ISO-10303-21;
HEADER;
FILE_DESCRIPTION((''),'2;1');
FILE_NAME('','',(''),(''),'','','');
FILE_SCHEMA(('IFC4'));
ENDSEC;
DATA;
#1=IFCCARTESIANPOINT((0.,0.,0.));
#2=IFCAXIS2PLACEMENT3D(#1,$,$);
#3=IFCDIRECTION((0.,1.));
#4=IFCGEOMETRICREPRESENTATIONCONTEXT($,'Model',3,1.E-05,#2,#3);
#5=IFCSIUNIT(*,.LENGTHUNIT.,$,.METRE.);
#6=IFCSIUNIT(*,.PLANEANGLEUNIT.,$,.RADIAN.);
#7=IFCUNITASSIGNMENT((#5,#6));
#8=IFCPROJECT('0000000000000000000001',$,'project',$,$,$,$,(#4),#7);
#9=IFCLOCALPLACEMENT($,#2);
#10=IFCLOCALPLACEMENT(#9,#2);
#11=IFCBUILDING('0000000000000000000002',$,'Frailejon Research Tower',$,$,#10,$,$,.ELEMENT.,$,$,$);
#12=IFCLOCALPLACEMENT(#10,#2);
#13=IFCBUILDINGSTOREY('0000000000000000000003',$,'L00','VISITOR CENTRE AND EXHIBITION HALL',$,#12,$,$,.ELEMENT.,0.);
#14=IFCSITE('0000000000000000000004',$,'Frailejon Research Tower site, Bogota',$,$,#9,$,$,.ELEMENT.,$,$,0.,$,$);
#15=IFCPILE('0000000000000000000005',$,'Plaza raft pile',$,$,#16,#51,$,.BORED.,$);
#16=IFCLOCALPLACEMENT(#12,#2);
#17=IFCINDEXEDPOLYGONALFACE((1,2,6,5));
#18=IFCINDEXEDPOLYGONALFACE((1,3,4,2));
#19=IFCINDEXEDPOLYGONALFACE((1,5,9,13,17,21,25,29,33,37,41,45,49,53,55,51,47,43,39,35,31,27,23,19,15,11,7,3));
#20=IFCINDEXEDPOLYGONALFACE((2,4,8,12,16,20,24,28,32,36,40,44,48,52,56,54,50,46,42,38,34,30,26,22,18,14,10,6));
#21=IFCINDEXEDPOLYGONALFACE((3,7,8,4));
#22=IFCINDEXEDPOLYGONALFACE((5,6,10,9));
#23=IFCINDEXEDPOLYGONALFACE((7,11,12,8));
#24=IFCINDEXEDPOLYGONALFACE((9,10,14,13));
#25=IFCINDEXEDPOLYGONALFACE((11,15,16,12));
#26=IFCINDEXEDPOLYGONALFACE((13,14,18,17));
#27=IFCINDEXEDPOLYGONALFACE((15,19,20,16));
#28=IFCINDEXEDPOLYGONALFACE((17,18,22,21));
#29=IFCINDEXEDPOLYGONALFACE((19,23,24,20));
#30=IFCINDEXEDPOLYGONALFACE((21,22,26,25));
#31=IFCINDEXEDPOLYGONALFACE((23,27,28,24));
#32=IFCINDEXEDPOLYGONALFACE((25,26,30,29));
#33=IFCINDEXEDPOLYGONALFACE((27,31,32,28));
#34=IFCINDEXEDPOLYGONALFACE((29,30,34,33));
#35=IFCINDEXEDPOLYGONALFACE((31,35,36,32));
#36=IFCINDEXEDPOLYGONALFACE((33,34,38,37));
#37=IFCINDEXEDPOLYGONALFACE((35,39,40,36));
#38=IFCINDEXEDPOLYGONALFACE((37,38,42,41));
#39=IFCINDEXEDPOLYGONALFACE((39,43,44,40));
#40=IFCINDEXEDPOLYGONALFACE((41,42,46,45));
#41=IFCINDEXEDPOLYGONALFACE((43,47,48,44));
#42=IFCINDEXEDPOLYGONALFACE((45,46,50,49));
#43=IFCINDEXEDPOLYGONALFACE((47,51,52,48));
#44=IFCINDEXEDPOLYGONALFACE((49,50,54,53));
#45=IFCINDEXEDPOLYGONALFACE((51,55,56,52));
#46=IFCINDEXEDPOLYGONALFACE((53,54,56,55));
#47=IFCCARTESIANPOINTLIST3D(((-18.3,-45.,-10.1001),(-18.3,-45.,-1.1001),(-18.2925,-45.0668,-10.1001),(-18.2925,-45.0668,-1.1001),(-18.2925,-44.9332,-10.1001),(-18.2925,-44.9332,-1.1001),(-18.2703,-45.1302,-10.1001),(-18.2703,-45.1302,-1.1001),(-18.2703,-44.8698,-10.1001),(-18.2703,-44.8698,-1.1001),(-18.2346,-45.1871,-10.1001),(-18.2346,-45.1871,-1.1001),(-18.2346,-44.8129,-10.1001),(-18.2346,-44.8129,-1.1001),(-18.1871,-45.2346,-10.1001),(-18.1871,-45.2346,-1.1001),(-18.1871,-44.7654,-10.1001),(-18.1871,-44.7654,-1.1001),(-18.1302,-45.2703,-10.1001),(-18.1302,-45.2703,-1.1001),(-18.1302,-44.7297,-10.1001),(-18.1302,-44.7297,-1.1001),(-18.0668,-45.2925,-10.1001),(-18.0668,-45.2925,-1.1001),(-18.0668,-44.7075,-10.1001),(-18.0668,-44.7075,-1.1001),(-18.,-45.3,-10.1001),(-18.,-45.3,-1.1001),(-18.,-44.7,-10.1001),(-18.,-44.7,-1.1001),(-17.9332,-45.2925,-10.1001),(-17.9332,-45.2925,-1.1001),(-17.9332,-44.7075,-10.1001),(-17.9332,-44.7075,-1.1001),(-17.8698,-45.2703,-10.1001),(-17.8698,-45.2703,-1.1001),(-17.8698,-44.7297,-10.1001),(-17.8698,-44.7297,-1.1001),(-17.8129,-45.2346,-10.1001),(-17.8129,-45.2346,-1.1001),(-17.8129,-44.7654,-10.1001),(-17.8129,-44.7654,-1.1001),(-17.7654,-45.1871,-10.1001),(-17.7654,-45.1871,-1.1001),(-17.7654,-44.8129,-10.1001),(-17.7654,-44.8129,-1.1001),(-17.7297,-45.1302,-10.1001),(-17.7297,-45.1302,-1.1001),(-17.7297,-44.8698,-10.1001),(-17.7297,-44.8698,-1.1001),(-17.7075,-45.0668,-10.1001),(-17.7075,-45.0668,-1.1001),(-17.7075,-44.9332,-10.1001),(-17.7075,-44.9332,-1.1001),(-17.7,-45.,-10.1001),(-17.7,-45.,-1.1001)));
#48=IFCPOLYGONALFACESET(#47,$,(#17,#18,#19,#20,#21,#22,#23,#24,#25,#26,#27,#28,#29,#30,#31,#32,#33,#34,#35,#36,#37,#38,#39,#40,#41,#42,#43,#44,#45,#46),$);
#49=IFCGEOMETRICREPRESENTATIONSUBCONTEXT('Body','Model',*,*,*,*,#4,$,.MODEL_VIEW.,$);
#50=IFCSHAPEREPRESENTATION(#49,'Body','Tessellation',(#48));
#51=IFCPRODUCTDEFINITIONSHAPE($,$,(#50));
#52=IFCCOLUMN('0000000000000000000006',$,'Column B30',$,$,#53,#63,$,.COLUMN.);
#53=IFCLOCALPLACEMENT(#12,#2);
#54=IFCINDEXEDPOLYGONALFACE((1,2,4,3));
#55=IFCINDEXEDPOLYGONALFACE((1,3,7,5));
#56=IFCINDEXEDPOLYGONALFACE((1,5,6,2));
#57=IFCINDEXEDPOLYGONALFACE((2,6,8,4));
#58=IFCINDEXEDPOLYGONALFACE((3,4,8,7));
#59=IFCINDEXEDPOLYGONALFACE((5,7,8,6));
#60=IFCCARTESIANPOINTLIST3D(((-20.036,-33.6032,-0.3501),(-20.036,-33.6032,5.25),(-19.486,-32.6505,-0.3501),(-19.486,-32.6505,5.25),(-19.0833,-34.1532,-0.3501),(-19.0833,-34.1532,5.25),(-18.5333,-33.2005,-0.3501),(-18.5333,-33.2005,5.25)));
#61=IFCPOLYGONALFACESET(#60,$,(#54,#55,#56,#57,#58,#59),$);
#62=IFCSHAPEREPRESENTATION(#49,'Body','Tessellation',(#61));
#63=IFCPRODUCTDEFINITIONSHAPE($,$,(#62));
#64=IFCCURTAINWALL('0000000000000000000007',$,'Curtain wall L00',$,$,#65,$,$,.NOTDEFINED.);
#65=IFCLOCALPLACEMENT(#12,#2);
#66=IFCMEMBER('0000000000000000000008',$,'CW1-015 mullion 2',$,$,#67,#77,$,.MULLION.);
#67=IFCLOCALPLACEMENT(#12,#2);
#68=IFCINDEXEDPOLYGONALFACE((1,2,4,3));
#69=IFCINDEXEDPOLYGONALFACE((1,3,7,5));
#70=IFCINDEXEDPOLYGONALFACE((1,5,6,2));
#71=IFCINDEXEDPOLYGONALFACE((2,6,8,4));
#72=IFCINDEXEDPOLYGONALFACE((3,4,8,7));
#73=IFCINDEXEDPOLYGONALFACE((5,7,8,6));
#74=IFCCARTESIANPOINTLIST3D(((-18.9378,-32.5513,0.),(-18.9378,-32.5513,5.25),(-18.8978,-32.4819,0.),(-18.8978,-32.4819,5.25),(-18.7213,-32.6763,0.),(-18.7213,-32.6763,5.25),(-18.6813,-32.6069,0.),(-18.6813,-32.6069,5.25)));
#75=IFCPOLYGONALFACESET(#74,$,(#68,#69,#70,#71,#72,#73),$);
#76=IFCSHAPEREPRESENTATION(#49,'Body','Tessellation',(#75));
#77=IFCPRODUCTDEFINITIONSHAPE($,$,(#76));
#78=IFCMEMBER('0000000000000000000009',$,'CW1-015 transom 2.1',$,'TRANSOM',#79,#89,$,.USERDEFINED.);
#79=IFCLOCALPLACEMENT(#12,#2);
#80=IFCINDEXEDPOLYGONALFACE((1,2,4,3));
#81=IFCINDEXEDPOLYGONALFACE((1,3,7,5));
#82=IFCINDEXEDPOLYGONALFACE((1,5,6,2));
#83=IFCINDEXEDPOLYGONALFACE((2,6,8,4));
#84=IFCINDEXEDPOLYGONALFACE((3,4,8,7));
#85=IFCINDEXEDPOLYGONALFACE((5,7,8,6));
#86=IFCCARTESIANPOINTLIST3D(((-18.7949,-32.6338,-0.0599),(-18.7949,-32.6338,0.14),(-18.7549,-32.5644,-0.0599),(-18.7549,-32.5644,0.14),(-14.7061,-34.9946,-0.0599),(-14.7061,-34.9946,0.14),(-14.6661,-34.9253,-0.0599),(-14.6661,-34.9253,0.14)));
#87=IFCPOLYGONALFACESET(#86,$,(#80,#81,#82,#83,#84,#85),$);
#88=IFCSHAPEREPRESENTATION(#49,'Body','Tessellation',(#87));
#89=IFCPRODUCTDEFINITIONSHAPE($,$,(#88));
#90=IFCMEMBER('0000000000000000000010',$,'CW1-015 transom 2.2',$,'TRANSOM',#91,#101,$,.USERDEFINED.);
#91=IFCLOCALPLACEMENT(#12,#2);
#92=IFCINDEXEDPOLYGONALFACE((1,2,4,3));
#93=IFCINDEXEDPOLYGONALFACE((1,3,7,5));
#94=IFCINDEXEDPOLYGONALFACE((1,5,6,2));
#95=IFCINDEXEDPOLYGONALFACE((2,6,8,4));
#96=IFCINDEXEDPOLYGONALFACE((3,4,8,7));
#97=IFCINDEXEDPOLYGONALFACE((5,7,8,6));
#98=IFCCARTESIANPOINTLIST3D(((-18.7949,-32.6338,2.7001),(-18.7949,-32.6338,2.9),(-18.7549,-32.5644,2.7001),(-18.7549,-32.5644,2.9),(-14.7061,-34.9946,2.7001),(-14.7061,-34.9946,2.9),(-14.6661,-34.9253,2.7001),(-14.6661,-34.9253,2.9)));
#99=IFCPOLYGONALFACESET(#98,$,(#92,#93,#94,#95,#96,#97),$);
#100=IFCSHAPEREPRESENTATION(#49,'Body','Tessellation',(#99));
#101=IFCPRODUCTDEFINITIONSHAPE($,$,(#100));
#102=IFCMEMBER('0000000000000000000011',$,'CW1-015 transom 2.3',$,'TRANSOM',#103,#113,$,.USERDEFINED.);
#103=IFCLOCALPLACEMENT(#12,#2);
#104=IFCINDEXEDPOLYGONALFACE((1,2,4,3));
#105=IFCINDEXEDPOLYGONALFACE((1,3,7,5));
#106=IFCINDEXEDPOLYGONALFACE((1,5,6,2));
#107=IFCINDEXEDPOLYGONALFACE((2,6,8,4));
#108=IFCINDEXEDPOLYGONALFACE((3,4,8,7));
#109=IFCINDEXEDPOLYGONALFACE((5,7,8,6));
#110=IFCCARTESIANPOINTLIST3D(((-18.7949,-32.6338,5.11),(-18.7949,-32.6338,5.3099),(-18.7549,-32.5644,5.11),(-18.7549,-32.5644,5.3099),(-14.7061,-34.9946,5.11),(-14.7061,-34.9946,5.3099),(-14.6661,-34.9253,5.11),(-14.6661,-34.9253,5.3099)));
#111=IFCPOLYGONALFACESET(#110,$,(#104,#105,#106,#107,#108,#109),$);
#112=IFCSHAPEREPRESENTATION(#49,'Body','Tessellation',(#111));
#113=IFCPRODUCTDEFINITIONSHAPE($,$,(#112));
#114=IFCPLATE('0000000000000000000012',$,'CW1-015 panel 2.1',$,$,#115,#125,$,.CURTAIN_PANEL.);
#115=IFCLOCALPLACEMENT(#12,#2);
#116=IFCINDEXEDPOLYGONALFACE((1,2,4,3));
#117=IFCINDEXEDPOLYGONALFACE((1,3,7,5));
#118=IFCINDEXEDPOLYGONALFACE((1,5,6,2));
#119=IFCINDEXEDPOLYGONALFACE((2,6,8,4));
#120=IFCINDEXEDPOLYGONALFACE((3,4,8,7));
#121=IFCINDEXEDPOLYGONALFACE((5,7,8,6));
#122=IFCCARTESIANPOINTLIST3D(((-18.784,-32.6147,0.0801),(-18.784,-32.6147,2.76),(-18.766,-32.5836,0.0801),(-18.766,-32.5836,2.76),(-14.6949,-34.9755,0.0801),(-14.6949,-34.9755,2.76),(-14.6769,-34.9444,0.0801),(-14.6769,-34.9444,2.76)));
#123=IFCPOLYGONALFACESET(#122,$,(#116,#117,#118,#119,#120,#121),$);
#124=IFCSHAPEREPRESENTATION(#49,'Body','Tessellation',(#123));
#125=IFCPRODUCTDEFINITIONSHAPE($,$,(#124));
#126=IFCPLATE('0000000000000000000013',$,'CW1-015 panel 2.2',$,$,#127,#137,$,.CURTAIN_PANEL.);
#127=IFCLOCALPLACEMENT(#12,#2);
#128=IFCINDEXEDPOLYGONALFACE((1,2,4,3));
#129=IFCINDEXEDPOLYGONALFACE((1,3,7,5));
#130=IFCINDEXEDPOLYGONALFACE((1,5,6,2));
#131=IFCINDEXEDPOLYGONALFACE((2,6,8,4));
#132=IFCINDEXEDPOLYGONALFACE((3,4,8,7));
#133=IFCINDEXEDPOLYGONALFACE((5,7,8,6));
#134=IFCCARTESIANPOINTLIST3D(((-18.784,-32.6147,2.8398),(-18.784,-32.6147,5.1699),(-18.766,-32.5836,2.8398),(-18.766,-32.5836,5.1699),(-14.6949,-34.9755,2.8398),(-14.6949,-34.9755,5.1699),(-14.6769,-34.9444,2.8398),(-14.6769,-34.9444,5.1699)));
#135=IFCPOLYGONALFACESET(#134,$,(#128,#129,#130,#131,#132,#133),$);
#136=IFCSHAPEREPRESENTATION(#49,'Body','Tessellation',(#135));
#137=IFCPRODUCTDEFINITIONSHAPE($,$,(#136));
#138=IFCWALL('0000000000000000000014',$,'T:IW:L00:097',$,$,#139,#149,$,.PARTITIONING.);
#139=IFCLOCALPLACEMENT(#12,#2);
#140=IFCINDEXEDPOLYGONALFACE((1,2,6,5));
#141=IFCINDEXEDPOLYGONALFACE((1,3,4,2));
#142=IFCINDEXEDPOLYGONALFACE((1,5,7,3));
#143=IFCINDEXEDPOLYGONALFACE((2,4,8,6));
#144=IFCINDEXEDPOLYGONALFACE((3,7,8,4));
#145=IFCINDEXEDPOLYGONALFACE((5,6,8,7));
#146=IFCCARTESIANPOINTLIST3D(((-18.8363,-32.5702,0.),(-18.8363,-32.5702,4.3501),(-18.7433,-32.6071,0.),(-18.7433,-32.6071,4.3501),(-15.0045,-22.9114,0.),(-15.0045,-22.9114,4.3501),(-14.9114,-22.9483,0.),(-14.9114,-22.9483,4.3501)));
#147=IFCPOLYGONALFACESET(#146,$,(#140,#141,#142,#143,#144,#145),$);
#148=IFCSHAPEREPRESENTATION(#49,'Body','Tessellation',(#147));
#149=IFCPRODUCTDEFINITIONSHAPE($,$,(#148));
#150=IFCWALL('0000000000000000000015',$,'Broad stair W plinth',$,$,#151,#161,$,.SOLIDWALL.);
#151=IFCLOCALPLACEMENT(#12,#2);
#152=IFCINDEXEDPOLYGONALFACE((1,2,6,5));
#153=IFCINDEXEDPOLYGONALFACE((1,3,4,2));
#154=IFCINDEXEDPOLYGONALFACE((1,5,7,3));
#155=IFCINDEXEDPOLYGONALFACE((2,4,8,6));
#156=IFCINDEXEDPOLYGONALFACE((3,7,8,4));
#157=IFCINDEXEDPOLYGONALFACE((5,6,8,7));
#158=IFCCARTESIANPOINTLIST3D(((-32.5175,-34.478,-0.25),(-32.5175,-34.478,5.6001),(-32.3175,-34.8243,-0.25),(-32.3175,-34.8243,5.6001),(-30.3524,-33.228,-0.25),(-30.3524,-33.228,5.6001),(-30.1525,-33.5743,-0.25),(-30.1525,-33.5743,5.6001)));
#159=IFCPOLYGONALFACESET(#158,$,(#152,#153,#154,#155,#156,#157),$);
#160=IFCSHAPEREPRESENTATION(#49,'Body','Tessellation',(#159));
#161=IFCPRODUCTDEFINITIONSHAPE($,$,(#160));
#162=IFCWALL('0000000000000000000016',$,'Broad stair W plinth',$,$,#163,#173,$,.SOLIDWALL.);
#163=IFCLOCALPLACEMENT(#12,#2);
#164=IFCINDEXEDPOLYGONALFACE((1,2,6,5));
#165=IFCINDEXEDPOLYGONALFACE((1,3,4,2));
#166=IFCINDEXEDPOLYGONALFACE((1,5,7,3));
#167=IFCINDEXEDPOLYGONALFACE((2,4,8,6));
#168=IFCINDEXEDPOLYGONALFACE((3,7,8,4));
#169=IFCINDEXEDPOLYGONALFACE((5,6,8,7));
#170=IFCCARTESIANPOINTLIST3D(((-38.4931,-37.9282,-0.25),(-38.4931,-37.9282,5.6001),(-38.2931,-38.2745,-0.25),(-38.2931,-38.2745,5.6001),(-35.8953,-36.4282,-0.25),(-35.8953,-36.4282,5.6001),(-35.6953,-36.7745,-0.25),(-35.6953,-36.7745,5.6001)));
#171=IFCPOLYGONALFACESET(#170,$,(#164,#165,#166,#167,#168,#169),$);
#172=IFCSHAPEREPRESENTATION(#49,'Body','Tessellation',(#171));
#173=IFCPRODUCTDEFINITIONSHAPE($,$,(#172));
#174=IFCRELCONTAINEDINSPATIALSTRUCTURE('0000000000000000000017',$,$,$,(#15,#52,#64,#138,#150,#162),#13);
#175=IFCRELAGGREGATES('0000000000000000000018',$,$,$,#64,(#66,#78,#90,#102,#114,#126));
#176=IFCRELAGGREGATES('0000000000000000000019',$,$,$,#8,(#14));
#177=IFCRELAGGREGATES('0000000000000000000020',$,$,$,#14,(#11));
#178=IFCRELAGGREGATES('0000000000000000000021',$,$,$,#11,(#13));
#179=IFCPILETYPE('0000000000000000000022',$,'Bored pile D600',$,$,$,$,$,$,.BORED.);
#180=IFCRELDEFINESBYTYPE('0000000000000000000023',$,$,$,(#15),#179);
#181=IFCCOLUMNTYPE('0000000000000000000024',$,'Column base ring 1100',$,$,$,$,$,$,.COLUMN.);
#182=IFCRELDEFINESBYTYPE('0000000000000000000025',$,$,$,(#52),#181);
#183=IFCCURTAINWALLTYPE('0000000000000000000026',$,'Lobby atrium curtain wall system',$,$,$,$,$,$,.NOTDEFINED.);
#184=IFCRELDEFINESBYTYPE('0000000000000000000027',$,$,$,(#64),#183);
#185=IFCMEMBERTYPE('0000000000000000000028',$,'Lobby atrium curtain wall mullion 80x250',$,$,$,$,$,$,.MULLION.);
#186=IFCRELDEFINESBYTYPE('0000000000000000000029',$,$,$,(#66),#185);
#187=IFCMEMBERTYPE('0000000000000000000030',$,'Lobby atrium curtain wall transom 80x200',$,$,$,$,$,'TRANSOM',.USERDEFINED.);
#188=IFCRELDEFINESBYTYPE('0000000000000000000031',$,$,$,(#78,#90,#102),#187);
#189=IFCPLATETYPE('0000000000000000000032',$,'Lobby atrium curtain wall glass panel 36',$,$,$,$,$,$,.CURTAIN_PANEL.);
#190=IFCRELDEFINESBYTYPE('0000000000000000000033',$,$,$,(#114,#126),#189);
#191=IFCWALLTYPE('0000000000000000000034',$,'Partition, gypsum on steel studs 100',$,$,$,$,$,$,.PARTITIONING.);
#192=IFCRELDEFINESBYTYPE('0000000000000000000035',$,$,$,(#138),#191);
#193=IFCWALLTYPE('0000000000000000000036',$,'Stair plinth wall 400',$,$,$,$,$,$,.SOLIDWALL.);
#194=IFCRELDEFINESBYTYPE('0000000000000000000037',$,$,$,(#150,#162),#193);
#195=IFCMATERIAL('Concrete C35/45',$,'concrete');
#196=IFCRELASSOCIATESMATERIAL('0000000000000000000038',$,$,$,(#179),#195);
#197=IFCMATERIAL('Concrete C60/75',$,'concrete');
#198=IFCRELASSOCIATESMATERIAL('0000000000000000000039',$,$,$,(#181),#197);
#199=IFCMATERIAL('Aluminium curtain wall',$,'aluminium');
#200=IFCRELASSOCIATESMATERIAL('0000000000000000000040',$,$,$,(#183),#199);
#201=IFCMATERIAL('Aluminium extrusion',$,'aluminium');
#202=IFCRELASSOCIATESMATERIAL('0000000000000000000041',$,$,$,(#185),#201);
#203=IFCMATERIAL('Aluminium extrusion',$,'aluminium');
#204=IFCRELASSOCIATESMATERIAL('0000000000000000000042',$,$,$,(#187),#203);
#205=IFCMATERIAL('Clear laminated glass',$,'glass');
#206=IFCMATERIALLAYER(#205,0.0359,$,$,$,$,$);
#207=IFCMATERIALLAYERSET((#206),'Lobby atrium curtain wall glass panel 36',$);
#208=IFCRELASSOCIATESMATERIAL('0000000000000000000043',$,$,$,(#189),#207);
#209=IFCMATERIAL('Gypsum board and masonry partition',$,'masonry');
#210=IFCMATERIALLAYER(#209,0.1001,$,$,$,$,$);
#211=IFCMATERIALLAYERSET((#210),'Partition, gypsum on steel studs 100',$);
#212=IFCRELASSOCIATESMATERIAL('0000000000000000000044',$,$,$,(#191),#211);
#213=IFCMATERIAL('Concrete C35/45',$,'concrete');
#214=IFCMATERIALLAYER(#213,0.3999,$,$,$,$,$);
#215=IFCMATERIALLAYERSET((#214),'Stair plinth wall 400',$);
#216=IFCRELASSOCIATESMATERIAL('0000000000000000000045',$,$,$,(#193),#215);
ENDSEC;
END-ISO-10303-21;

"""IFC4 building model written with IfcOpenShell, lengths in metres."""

from ifc_helpers import new_model, si_unit, direction, frame, frame_2d, origin, origin_2d, place, context, subcontext, project, spatial, rectangle, circle, extrude, material, layer, layer_set, material_profile, profile_set, type_object, element, aggregate, save


model = new_model("IFC4")

# Units and contexts
model_context = context("Model", 3, precision=1e-05, world=origin(), true_north=direction((0.0, 1.0)))
body_context = subcontext(model_context, "Body", "Model", "MODEL_VIEW")
ifc_project = project(units=[si_unit("LENGTHUNIT", "METRE"), si_unit("PLANEANGLEUNIT", "RADIAN")], contexts=[model_context])

# Site, building, storey
site_placement = place(None, origin())
site = spatial("IfcSite", under=ifc_project, at=site_placement, Name="Frailejon Research Tower site, Bogota", CompositionType="ELEMENT", RefElevation=0.0)
building_placement = place(site_placement, origin())
building = spatial("IfcBuilding", under=site, at=building_placement, Name="Frailejon Research Tower", CompositionType="ELEMENT")
storey_placement = place(building_placement, origin())
storey = spatial("IfcBuildingStorey", under=building, at=storey_placement, Name="L00", Description="VISITOR CENTRE AND EXHIBITION HALL", CompositionType="ELEMENT", Elevation=0.0)

# Pile
ifc_material_1 = material(Name="Concrete C35/45", Category="concrete")
ifc_material_profile_1 = material_profile(ifc_material_1, circle(Radius=0.3, at=origin_2d()), Name="Bored pile D600")
ifc_profile_set_1 = profile_set([ifc_material_profile_1], Name="Concrete C35/45")
pile_type = type_object("IfcPileType", Name="Bored pile D600", PredefinedType="BORED", material=ifc_profile_set_1)
for number, where, z_axis, x_axis, name in (
    (1, (-18.0, -45.0, -1.1001), (0.0, 0.0, -1.0), (1.0, 0.0, 0.0), "Plaza raft pile"),
):
    element("IfcPile", number, at=place(storey_placement, frame(where, z_axis=z_axis, x_axis=x_axis)), inside=storey, type_object=pile_type, Name=name, PredefinedType="BORED", context=body_context, shape_type="SweptSolid", body=[
        extrude(circle(Radius=0.3, at=origin_2d()), origin(), (0.0, 0.0, 1.0), 9.0),
    ])

# Column
ifc_material_2 = material(Name="Concrete C60/75", Category="concrete")
ifc_material_profile_2 = material_profile(ifc_material_2, rectangle(XDim=1.1001, YDim=1.1001, at=origin_2d()), Name="Column base ring 1100")
ifc_profile_set_2 = profile_set([ifc_material_profile_2], Name="Concrete C60/75")
column_type = type_object("IfcColumnType", Name="Column base ring 1100", PredefinedType="COLUMN", material=ifc_profile_set_2)
column_placement = place(storey_placement, frame((-19.2847, -33.4019, -0.3501), z_axis=(0.0, 0.0, 1.0), x_axis=(0.866025, -0.5, 0.0)))
element("IfcColumn", 2, at=column_placement, inside=storey, type_object=column_type, Name="Column B30", PredefinedType="COLUMN", context=body_context, shape_type="SweptSolid", body=[
    extrude(rectangle(XDim=1.1001, YDim=1.1001, at=origin_2d()), origin(), (0.0, 0.0, 1.0), 5.6001),
])

# Curtain wall, members, plates
ifc_material_3 = material(Name="Aluminium curtain wall", Category="aluminium")
curtain_wall_type = type_object("IfcCurtainWallType", Name="Lobby atrium curtain wall system", PredefinedType="NOTDEFINED", material=ifc_material_3)
curtain_wall_placement = place(storey_placement, origin())
curtain_wall = element("IfcCurtainWall", 3, at=curtain_wall_placement, inside=storey, type_object=curtain_wall_type, Name="Curtain wall L00", PredefinedType="NOTDEFINED")
ifc_material_4 = material(Name="Aluminium extrusion", Category="aluminium")
ifc_material_profile_3 = material_profile(ifc_material_4, rectangle(XDim=0.0801, YDim=0.25, at=origin_2d()), Name="Lobby atrium curtain wall mullion 80x250")
ifc_profile_set_3 = profile_set([ifc_material_profile_3], Name="Aluminium extrusion")
member_type_1 = type_object("IfcMemberType", Name="Lobby atrium curtain wall mullion 80x250", PredefinedType="MULLION", material=ifc_profile_set_3)
member_1_placement = place(storey_placement, frame((-18.8096, -32.5791, 0.0), z_axis=(0.0, 0.0, 1.0), x_axis=(0.5, 0.866025, 0.0)))
member_1 = element("IfcMember", 4, at=member_1_placement, type_object=member_type_1, Name="CW1-015 mullion 2", PredefinedType="MULLION", context=body_context, shape_type="SweptSolid", body=[
    extrude(rectangle(XDim=0.0801, YDim=0.25, at=origin_2d()), origin(), (0.0, 0.0, 1.0), 5.25),
])
ifc_material_5 = material(Name="Aluminium extrusion", Category="aluminium")
ifc_material_profile_4 = material_profile(ifc_material_5, rectangle(XDim=0.0801, YDim=0.2, at=origin_2d()), Name="Lobby atrium curtain wall transom 80x200")
ifc_profile_set_4 = profile_set([ifc_material_profile_4], Name="Aluminium extrusion")
member_type_2 = type_object("IfcMemberType", Name="Lobby atrium curtain wall transom 80x200", ElementType="TRANSOM", PredefinedType="USERDEFINED", material=ifc_profile_set_4)
member_2_placement = place(storey_placement, frame((-18.7749, -32.5991, 0.04), z_axis=(0.866013, -0.500021, 0.0), x_axis=(0.500021, 0.866013, 0.0)))
member_2 = element("IfcMember", 5, at=member_2_placement, type_object=member_type_2, Name="CW1-015 transom 2.1", ObjectType="TRANSOM", PredefinedType="USERDEFINED", context=body_context, shape_type="SweptSolid", body=[
    extrude(rectangle(XDim=0.0801, YDim=0.2, at=origin_2d()), origin(), (0.0, 0.0, 1.0), 4.7214),
])
member_3_placement = place(storey_placement, frame((-18.7749, -32.5991, 2.8), z_axis=(0.866013, -0.500021, 0.0), x_axis=(0.500021, 0.866013, 0.0)))
member_3 = element("IfcMember", 6, at=member_3_placement, type_object=member_type_2, Name="CW1-015 transom 2.2", ObjectType="TRANSOM", PredefinedType="USERDEFINED", context=body_context, shape_type="SweptSolid", body=[
    extrude(rectangle(XDim=0.0801, YDim=0.2, at=origin_2d()), origin(), (0.0, 0.0, 1.0), 4.7214),
])
member_4_placement = place(storey_placement, frame((-18.7749, -32.5991, 5.21), z_axis=(0.866013, -0.500021, 0.0), x_axis=(0.500021, 0.866013, 0.0)))
member_4 = element("IfcMember", 7, at=member_4_placement, type_object=member_type_2, Name="CW1-015 transom 2.3", ObjectType="TRANSOM", PredefinedType="USERDEFINED", context=body_context, shape_type="SweptSolid", body=[
    extrude(rectangle(XDim=0.0801, YDim=0.2, at=origin_2d()), origin(), (0.0, 0.0, 1.0), 4.7214),
])
ifc_material_6 = material(Name="Clear laminated glass", Category="glass")
ifc_layer_1 = layer(ifc_material_6, 0.0359)
ifc_layer_set_1 = layer_set([ifc_layer_1], Name="Lobby atrium curtain wall glass panel 36")
plate_type = type_object("IfcPlateType", Name="Lobby atrium curtain wall glass panel 36", PredefinedType="CURTAIN_PANEL", material=ifc_layer_set_1)
plate_1_placement = place(storey_placement, frame((-16.7305, -33.7795, 0.0801), z_axis=(0.0, 0.0, 1.0), x_axis=(0.866025, -0.5, 0.0)))
plate_1 = element("IfcPlate", 8, at=plate_1_placement, type_object=plate_type, Name="CW1-015 panel 2.1", PredefinedType="CURTAIN_PANEL", context=body_context, shape_type="SweptSolid", body=[
    extrude(rectangle(XDim=4.7217, YDim=0.0359, at=origin_2d()), origin(), (0.0, 0.0, 1.0), 2.6799),
])
plate_2_placement = place(storey_placement, frame((-16.7305, -33.7795, 2.8398), z_axis=(0.0, 0.0, 1.0), x_axis=(0.866025, -0.5, 0.0)))
plate_2 = element("IfcPlate", 9, at=plate_2_placement, type_object=plate_type, Name="CW1-015 panel 2.2", PredefinedType="CURTAIN_PANEL", context=body_context, shape_type="SweptSolid", body=[
    extrude(rectangle(XDim=4.7217, YDim=0.0359, at=origin_2d()), origin(), (0.0, 0.0, 1.0), 2.3301),
])
aggregate(curtain_wall, [member_1, member_2, member_3, member_4, plate_1, plate_2])

# Walls
ifc_material_7 = material(Name="Gypsum board and masonry partition", Category="masonry")
ifc_layer_2 = layer(ifc_material_7, 0.1001)
ifc_layer_set_2 = layer_set([ifc_layer_2], Name="Partition, gypsum on steel studs 100")
wall_type_1 = type_object("IfcWallType", Name="Partition, gypsum on steel studs 100", PredefinedType="PARTITIONING", material=ifc_layer_set_2)
wall_1_placement = place(storey_placement, frame((-18.7898, -32.5886, 0.0), z_axis=(0.0, 0.0, 1.0), x_axis=(0.36876, 0.929525, 0.0)))
element("IfcWall", 10, at=wall_1_placement, inside=storey, type_object=wall_type_1, Name="T:IW:L00:097", PredefinedType="PARTITIONING", context=body_context, shape_type="SweptSolid", body=[
    extrude(rectangle(XDim=10.3911, YDim=0.1001, at=frame_2d((5.1956, 0.0))), origin(), (0.0, 0.0, 1.0), 4.3501),
])
ifc_material_8 = material(Name="Concrete C35/45", Category="concrete")
ifc_layer_3 = layer(ifc_material_8, 0.3999)
ifc_layer_set_3 = layer_set([ifc_layer_3], Name="Stair plinth wall 400")
wall_type_2 = type_object("IfcWallType", Name="Stair plinth wall 400", PredefinedType="SOLIDWALL", material=ifc_layer_set_3)
wall_2_placement = place(storey_placement, frame((-30.2524, -33.4011, -0.25), z_axis=(0.0, 0.0, 1.0), x_axis=(-0.866023, -0.500004, 0.0)))
element("IfcWall", 11, at=wall_2_placement, inside=storey, type_object=wall_type_2, Name="Broad stair W plinth", PredefinedType="SOLIDWALL", context=body_context, shape_type="SweptSolid", body=[
    extrude(rectangle(XDim=2.5, YDim=0.3999, at=frame_2d((1.25, 0.0))), origin(), (0.0, 0.0, 1.0), 5.8501),
])
wall_3_placement = place(storey_placement, frame((-35.7952, -36.6013, -0.25), z_axis=(0.0, 0.0, 1.0), x_axis=(-0.866011, -0.500025, 0.0)))
element("IfcWall", 12, at=wall_3_placement, inside=storey, type_object=wall_type_2, Name="Broad stair W plinth", PredefinedType="SOLIDWALL", context=body_context, shape_type="SweptSolid", body=[
    extrude(rectangle(XDim=2.9998, YDim=0.3999, at=frame_2d((1.5, 0.0))), origin(), (0.0, 0.0, 1.0), 5.8501),
])

save(model, "model.ifc")
